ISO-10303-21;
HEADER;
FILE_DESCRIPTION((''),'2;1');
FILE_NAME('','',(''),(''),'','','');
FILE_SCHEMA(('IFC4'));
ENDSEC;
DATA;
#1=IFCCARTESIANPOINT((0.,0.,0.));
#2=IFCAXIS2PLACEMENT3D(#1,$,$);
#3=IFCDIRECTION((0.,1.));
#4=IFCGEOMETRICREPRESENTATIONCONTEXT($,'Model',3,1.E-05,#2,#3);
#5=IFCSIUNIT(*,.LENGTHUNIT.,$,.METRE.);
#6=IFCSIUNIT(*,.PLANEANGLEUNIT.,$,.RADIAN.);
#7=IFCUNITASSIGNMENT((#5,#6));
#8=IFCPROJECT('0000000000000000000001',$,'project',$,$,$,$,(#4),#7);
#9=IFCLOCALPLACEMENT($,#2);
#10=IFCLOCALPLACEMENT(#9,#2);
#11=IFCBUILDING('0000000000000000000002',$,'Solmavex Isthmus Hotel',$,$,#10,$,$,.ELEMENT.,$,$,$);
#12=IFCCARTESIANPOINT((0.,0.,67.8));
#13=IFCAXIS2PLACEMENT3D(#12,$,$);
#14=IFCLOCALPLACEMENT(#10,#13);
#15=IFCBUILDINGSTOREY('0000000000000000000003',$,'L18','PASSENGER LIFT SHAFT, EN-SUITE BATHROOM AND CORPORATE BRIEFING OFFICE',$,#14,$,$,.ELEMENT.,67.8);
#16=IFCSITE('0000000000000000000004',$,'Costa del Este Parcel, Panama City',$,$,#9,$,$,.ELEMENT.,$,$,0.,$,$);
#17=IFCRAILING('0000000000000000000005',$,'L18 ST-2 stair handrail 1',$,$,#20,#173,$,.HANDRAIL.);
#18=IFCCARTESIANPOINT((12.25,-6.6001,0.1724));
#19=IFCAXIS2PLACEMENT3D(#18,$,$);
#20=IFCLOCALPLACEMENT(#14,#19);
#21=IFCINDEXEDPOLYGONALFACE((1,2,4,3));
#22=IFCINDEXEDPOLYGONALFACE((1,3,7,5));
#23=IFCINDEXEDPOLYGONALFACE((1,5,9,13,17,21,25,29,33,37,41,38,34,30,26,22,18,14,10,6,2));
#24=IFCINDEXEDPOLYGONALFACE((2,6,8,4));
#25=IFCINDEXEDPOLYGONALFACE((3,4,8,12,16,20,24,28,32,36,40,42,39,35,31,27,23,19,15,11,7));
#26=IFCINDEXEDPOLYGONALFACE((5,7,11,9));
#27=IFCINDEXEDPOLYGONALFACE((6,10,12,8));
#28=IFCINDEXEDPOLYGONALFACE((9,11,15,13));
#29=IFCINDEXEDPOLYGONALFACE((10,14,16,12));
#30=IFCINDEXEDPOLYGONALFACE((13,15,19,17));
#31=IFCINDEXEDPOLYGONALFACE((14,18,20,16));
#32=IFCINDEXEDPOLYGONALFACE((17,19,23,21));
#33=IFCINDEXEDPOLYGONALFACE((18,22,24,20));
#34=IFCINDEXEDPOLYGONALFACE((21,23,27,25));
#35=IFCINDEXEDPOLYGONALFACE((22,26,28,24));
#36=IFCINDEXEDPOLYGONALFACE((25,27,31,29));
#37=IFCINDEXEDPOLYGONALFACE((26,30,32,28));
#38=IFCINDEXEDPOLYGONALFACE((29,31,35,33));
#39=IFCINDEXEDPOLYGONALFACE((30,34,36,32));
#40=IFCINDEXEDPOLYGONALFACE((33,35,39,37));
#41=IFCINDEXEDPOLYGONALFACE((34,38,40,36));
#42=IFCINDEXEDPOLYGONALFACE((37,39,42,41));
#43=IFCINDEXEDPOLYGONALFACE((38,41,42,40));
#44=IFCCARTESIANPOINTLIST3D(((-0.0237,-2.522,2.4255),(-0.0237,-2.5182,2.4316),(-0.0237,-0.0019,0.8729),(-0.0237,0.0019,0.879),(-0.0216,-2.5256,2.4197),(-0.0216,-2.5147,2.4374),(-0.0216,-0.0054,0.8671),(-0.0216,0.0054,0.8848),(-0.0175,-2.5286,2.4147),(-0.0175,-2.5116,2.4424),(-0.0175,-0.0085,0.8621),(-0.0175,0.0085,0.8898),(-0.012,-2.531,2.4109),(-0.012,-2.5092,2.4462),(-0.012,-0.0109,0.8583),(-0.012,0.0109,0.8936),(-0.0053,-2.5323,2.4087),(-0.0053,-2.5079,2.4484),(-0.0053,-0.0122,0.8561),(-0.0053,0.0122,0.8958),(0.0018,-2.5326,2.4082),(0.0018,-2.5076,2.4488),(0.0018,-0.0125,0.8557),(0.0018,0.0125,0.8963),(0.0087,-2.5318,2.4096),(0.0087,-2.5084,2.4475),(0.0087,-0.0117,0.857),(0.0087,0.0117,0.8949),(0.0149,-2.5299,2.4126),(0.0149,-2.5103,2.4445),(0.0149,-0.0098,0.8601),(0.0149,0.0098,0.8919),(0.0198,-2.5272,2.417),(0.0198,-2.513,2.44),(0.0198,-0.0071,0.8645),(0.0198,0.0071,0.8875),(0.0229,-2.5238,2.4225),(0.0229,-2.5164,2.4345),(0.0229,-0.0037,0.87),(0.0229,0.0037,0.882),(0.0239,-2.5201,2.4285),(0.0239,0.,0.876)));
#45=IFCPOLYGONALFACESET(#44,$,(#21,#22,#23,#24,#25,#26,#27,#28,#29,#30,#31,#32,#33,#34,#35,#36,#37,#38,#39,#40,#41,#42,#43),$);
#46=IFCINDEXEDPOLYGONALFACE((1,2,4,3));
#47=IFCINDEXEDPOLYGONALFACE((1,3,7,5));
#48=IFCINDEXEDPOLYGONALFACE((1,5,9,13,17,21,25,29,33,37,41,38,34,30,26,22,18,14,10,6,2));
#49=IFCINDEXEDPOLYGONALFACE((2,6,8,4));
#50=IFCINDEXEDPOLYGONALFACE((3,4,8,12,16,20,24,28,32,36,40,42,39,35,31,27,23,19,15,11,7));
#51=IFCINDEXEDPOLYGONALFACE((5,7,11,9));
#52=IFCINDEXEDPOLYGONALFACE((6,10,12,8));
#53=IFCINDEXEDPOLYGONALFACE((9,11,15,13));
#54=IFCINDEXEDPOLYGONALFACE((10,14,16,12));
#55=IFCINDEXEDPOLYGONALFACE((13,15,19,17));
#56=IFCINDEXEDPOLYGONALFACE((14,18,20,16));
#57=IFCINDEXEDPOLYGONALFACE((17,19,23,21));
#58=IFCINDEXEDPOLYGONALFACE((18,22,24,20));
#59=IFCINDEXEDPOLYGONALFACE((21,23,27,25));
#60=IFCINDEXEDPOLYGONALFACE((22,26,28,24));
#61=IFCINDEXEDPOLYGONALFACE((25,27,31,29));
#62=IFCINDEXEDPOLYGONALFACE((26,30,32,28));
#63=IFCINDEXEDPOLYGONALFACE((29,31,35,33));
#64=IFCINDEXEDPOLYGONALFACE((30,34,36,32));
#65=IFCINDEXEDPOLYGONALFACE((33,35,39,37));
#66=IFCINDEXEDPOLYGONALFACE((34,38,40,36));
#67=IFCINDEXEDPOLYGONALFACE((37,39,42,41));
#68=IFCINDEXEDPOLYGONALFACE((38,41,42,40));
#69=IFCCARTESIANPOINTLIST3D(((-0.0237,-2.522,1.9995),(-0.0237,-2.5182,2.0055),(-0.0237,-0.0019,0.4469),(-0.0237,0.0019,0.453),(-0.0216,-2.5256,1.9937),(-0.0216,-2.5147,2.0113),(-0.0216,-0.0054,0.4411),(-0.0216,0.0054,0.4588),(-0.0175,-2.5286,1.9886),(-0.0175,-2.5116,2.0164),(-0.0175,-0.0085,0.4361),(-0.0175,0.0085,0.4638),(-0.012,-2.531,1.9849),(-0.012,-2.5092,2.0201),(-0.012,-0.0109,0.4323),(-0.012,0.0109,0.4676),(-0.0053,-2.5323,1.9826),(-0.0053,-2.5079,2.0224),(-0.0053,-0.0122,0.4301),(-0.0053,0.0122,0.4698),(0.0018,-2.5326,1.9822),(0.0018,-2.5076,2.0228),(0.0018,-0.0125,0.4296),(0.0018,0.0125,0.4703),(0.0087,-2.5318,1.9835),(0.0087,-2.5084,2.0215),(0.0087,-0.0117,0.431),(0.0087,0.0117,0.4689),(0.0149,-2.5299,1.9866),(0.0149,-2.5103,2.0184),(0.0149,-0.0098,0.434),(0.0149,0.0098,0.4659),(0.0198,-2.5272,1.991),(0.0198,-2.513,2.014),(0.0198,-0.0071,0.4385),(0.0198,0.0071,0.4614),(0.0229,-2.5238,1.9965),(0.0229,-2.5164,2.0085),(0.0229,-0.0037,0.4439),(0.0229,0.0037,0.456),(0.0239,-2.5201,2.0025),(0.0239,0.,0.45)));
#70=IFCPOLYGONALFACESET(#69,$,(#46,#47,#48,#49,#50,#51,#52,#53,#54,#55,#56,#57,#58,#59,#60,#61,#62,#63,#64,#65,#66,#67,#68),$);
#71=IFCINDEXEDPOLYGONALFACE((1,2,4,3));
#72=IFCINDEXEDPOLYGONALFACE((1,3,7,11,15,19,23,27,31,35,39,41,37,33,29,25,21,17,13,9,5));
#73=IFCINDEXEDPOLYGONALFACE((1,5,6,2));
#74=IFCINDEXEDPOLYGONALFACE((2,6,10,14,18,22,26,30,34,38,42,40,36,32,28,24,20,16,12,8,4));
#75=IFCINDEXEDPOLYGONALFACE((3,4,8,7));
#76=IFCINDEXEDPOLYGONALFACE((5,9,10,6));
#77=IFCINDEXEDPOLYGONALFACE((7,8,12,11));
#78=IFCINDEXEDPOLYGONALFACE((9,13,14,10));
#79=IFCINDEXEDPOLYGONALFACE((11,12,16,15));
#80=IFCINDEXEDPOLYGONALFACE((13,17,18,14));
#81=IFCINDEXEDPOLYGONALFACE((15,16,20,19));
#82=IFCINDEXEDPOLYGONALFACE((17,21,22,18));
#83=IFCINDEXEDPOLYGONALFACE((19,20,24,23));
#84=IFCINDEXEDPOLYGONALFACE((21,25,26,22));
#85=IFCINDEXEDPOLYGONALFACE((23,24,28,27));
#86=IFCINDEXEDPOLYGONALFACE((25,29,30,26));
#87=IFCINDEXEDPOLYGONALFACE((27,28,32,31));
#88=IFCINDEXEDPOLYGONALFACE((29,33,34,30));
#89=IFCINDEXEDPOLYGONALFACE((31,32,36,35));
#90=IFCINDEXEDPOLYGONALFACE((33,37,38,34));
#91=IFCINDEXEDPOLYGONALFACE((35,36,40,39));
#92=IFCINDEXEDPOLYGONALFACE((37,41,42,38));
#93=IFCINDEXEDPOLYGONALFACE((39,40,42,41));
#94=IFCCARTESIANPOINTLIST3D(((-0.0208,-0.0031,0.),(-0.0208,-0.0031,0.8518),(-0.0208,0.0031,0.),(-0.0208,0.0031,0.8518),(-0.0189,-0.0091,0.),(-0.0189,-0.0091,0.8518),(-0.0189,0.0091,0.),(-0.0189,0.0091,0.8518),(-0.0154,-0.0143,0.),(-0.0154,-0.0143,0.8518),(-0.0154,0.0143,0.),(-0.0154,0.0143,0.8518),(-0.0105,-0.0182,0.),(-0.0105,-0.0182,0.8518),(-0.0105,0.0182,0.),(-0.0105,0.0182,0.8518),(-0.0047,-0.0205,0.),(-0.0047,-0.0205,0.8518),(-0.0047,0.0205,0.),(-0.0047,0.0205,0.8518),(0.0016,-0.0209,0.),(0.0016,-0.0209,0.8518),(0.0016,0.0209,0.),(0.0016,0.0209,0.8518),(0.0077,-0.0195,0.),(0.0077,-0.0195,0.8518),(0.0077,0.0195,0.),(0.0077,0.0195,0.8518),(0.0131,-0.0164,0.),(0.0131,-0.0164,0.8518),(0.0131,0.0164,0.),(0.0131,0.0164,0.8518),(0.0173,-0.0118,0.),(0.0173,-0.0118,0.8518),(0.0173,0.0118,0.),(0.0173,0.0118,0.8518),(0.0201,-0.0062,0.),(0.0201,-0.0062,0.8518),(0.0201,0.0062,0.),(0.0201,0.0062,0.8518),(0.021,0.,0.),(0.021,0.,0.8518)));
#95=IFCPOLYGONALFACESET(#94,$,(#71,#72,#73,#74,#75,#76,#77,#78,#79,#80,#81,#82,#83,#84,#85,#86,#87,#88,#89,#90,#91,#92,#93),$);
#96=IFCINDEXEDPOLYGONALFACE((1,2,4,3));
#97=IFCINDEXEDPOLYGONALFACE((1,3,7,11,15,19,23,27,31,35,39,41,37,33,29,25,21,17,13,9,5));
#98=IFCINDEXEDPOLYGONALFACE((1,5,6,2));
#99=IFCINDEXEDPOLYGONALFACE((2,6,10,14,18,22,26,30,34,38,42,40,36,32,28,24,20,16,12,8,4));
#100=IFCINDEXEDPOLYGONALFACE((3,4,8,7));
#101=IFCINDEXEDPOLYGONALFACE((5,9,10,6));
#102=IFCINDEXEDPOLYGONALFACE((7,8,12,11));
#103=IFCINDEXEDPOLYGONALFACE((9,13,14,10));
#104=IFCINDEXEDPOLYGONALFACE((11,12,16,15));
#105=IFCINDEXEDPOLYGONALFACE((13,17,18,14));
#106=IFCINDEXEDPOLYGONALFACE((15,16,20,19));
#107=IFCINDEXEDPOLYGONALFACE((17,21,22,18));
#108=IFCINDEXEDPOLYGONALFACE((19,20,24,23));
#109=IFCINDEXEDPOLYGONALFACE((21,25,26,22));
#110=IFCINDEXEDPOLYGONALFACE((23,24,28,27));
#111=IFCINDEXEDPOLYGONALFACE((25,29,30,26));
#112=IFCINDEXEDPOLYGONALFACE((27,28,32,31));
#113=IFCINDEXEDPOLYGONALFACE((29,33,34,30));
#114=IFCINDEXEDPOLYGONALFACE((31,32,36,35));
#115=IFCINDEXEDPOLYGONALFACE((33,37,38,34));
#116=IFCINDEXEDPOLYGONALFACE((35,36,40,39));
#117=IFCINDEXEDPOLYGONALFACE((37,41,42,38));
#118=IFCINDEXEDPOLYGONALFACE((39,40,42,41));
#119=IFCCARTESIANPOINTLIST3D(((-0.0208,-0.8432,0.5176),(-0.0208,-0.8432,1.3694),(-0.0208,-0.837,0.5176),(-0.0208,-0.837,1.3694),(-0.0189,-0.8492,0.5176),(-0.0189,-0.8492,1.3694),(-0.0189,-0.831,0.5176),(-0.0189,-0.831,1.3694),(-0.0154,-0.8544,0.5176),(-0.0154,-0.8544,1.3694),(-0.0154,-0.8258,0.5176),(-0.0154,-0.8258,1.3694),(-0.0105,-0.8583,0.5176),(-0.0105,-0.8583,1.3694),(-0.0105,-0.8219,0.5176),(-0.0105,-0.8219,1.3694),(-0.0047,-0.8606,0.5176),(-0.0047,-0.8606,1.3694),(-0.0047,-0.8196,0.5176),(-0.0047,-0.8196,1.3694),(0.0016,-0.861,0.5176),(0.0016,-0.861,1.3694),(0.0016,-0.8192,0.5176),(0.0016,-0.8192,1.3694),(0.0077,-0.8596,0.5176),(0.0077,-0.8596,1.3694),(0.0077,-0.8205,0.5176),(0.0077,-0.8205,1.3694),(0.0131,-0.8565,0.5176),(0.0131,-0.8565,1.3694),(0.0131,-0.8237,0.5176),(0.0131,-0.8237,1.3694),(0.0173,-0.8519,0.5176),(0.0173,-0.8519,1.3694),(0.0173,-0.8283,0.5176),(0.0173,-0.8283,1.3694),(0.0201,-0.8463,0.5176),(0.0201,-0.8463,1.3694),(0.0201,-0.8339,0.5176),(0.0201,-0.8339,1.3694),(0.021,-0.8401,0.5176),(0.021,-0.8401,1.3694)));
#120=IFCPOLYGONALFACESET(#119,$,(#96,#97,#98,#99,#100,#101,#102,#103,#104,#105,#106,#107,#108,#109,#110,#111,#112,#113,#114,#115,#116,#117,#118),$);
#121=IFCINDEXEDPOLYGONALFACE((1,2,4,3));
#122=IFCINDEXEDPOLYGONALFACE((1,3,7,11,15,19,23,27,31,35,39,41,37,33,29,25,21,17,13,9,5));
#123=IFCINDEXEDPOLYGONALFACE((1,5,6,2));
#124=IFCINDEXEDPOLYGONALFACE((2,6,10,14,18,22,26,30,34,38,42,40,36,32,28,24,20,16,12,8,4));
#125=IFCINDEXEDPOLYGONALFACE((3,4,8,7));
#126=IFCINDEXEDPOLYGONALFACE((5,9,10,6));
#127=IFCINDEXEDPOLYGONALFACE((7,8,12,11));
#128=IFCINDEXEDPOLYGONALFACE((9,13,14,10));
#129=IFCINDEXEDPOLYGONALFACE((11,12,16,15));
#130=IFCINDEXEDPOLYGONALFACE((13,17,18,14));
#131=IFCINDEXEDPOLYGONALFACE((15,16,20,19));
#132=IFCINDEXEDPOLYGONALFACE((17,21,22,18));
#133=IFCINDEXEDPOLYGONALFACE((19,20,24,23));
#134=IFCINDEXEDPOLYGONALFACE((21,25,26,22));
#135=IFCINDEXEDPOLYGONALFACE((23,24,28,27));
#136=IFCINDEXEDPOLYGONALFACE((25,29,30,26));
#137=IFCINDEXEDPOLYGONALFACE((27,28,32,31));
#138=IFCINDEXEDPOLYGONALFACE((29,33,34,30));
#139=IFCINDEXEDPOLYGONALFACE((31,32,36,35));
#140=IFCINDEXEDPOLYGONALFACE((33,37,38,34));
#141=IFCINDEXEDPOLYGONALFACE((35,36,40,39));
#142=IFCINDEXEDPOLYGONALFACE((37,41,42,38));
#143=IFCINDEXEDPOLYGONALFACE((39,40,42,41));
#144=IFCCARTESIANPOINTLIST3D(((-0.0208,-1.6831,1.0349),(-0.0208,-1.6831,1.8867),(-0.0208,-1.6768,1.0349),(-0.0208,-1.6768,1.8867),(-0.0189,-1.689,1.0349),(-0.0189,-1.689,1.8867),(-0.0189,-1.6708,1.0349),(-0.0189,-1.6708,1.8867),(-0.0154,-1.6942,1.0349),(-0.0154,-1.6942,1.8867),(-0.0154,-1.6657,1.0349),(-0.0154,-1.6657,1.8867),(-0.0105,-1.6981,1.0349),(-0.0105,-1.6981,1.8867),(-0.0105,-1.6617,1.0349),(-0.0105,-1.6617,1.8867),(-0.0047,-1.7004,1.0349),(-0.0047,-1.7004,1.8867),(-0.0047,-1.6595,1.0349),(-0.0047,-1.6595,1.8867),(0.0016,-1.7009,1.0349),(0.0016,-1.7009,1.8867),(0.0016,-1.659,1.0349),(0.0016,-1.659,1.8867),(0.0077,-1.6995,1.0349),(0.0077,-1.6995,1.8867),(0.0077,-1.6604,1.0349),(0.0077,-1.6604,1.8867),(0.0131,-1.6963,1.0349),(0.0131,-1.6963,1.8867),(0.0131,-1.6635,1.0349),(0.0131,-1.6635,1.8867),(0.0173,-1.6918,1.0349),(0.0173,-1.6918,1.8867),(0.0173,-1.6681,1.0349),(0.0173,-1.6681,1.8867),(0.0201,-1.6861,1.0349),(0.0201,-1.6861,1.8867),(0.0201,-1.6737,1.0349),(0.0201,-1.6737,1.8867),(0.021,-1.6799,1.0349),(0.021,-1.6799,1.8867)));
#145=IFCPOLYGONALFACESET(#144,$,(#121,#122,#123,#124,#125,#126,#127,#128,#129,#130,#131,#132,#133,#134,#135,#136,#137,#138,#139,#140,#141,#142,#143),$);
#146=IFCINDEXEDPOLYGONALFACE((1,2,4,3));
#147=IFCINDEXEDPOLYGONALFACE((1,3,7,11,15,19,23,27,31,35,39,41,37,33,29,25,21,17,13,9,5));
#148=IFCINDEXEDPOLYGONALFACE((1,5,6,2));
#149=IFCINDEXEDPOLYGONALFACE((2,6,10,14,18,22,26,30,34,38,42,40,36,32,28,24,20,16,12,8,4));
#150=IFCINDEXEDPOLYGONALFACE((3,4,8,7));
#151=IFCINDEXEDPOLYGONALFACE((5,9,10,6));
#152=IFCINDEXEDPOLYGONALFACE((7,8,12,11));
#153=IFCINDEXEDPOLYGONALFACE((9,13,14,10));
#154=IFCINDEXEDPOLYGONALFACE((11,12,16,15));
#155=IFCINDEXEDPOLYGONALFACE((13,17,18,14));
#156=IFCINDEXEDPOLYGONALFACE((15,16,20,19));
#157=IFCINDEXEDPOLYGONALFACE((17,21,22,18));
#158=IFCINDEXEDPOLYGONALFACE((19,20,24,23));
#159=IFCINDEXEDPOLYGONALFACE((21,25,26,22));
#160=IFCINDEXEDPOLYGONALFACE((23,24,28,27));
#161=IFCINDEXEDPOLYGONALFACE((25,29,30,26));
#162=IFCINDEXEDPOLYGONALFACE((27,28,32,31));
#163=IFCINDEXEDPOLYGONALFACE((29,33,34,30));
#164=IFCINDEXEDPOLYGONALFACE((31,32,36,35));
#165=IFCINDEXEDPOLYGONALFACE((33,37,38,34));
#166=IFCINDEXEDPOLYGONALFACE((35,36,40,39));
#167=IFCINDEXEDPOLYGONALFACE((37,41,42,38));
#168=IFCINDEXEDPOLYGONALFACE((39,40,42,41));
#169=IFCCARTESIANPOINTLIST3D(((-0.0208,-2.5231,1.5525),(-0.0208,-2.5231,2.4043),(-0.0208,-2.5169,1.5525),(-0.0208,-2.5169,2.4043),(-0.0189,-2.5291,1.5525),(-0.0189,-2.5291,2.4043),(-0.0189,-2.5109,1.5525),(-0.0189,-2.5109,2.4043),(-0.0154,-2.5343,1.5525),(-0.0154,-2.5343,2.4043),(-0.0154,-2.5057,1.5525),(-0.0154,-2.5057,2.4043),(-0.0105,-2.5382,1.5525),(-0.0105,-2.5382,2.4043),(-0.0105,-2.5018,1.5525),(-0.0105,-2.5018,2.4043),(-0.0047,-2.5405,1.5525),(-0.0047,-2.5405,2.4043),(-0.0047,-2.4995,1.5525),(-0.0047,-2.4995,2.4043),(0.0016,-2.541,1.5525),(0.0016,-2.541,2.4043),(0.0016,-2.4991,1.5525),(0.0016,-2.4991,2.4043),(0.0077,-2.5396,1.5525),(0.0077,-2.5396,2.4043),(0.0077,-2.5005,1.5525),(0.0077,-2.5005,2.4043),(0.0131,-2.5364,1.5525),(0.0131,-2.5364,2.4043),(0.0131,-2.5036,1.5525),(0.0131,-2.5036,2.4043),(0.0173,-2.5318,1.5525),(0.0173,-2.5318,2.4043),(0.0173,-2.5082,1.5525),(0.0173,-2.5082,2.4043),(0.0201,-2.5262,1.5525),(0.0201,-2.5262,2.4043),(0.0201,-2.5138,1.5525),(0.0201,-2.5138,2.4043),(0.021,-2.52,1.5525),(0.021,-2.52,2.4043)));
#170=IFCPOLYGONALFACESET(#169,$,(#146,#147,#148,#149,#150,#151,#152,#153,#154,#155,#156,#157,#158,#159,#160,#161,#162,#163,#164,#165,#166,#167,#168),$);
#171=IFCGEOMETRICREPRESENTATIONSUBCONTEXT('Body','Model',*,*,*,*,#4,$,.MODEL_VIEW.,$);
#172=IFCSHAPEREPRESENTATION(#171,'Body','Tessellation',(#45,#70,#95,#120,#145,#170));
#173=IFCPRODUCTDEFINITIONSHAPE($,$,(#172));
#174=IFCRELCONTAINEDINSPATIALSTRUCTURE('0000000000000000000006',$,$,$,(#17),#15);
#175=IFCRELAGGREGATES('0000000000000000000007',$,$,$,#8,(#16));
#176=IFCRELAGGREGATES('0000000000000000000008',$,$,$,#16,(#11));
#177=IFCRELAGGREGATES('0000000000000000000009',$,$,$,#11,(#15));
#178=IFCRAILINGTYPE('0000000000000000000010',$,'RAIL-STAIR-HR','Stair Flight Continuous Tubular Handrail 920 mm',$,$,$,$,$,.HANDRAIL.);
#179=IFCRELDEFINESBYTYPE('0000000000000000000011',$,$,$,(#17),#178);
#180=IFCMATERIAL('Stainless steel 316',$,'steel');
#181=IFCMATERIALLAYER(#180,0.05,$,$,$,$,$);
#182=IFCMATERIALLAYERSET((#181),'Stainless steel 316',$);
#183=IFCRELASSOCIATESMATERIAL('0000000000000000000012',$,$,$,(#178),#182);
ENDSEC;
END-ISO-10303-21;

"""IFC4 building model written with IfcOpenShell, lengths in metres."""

from ifc_helpers import new_model, si_unit, direction, frame, origin, origin_2d, place, context, subcontext, project, spatial, circle, extrude, material, layer, layer_set, type_object, element, save


model = new_model("IFC4")

# Units and contexts
model_context = context("Model", 3, precision=1e-05, world=origin(), true_north=direction((0.0, 1.0)))
body_context = subcontext(model_context, "Body", "Model", "MODEL_VIEW")
ifc_project = project(units=[si_unit("LENGTHUNIT", "METRE"), si_unit("PLANEANGLEUNIT", "RADIAN")], contexts=[model_context])

# Site, building, storey
site_placement = place(None, origin())
site = spatial("IfcSite", under=ifc_project, at=site_placement, Name="Costa del Este Parcel, Panama City", CompositionType="ELEMENT", RefElevation=0.0)
building_placement = place(site_placement, origin())
building = spatial("IfcBuilding", under=site, at=building_placement, Name="Solmavex Isthmus Hotel", CompositionType="ELEMENT")
storey_placement = place(building_placement, frame((0.0, 0.0, 67.8)))
storey = spatial("IfcBuildingStorey", under=building, at=storey_placement, Name="L18", Description="PASSENGER LIFT SHAFT, EN-SUITE BATHROOM AND CORPORATE BRIEFING OFFICE", CompositionType="ELEMENT", Elevation=67.8)

# Railing
ifc_material_1 = material(Name="Stainless steel 316", Category="steel")
ifc_layer_1 = layer(ifc_material_1, 0.05)
ifc_layer_set_1 = layer_set([ifc_layer_1], Name="Stainless steel 316")
railing_type_1 = type_object("IfcRailingType", Name="RAIL-STAIR-HR", Description="Stair Flight Continuous Tubular Handrail 920 mm", PredefinedType="HANDRAIL", material=ifc_layer_set_1)
railing_1_placement = place(storey_placement, frame((12.25, -6.6001, 0.1724)))
element("IfcRailing", 1, at=railing_1_placement, inside=storey, type_object=railing_type_1, Name="L18 ST-2 stair handrail 1", PredefinedType="HANDRAIL", context=body_context, shape_type="SweptSolid", body=[
    extrude(circle(Radius=0.0239, at=origin_2d()), frame((0.0, 0.0, 0.876), z_axis=(0.0, -0.8514, 0.524516), x_axis=(1.0, 0.0, 0.0)), (0.0, 0.0, 1.0), 2.96),
    extrude(circle(Radius=0.0239, at=origin_2d()), frame((0.0, 0.0, 0.45), z_axis=(0.0, -0.8514, 0.524516), x_axis=(1.0, 0.0, 0.0)), (0.0, 0.0, 1.0), 2.96),
    extrude(circle(Radius=0.021, at=origin_2d()), origin(), (0.0, 0.0, 1.0), 0.8518),
    extrude(circle(Radius=0.021, at=origin_2d()), frame((0.0, -0.8401, 0.5176)), (0.0, 0.0, 1.0), 0.8518),
    extrude(circle(Radius=0.021, at=origin_2d()), frame((0.0, -1.6799, 1.0349)), (0.0, 0.0, 1.0), 0.8518),
    extrude(circle(Radius=0.021, at=origin_2d()), frame((0.0, -2.52, 1.5525)), (0.0, 0.0, 1.0), 0.8518),
])

save(model, "model.ifc")
